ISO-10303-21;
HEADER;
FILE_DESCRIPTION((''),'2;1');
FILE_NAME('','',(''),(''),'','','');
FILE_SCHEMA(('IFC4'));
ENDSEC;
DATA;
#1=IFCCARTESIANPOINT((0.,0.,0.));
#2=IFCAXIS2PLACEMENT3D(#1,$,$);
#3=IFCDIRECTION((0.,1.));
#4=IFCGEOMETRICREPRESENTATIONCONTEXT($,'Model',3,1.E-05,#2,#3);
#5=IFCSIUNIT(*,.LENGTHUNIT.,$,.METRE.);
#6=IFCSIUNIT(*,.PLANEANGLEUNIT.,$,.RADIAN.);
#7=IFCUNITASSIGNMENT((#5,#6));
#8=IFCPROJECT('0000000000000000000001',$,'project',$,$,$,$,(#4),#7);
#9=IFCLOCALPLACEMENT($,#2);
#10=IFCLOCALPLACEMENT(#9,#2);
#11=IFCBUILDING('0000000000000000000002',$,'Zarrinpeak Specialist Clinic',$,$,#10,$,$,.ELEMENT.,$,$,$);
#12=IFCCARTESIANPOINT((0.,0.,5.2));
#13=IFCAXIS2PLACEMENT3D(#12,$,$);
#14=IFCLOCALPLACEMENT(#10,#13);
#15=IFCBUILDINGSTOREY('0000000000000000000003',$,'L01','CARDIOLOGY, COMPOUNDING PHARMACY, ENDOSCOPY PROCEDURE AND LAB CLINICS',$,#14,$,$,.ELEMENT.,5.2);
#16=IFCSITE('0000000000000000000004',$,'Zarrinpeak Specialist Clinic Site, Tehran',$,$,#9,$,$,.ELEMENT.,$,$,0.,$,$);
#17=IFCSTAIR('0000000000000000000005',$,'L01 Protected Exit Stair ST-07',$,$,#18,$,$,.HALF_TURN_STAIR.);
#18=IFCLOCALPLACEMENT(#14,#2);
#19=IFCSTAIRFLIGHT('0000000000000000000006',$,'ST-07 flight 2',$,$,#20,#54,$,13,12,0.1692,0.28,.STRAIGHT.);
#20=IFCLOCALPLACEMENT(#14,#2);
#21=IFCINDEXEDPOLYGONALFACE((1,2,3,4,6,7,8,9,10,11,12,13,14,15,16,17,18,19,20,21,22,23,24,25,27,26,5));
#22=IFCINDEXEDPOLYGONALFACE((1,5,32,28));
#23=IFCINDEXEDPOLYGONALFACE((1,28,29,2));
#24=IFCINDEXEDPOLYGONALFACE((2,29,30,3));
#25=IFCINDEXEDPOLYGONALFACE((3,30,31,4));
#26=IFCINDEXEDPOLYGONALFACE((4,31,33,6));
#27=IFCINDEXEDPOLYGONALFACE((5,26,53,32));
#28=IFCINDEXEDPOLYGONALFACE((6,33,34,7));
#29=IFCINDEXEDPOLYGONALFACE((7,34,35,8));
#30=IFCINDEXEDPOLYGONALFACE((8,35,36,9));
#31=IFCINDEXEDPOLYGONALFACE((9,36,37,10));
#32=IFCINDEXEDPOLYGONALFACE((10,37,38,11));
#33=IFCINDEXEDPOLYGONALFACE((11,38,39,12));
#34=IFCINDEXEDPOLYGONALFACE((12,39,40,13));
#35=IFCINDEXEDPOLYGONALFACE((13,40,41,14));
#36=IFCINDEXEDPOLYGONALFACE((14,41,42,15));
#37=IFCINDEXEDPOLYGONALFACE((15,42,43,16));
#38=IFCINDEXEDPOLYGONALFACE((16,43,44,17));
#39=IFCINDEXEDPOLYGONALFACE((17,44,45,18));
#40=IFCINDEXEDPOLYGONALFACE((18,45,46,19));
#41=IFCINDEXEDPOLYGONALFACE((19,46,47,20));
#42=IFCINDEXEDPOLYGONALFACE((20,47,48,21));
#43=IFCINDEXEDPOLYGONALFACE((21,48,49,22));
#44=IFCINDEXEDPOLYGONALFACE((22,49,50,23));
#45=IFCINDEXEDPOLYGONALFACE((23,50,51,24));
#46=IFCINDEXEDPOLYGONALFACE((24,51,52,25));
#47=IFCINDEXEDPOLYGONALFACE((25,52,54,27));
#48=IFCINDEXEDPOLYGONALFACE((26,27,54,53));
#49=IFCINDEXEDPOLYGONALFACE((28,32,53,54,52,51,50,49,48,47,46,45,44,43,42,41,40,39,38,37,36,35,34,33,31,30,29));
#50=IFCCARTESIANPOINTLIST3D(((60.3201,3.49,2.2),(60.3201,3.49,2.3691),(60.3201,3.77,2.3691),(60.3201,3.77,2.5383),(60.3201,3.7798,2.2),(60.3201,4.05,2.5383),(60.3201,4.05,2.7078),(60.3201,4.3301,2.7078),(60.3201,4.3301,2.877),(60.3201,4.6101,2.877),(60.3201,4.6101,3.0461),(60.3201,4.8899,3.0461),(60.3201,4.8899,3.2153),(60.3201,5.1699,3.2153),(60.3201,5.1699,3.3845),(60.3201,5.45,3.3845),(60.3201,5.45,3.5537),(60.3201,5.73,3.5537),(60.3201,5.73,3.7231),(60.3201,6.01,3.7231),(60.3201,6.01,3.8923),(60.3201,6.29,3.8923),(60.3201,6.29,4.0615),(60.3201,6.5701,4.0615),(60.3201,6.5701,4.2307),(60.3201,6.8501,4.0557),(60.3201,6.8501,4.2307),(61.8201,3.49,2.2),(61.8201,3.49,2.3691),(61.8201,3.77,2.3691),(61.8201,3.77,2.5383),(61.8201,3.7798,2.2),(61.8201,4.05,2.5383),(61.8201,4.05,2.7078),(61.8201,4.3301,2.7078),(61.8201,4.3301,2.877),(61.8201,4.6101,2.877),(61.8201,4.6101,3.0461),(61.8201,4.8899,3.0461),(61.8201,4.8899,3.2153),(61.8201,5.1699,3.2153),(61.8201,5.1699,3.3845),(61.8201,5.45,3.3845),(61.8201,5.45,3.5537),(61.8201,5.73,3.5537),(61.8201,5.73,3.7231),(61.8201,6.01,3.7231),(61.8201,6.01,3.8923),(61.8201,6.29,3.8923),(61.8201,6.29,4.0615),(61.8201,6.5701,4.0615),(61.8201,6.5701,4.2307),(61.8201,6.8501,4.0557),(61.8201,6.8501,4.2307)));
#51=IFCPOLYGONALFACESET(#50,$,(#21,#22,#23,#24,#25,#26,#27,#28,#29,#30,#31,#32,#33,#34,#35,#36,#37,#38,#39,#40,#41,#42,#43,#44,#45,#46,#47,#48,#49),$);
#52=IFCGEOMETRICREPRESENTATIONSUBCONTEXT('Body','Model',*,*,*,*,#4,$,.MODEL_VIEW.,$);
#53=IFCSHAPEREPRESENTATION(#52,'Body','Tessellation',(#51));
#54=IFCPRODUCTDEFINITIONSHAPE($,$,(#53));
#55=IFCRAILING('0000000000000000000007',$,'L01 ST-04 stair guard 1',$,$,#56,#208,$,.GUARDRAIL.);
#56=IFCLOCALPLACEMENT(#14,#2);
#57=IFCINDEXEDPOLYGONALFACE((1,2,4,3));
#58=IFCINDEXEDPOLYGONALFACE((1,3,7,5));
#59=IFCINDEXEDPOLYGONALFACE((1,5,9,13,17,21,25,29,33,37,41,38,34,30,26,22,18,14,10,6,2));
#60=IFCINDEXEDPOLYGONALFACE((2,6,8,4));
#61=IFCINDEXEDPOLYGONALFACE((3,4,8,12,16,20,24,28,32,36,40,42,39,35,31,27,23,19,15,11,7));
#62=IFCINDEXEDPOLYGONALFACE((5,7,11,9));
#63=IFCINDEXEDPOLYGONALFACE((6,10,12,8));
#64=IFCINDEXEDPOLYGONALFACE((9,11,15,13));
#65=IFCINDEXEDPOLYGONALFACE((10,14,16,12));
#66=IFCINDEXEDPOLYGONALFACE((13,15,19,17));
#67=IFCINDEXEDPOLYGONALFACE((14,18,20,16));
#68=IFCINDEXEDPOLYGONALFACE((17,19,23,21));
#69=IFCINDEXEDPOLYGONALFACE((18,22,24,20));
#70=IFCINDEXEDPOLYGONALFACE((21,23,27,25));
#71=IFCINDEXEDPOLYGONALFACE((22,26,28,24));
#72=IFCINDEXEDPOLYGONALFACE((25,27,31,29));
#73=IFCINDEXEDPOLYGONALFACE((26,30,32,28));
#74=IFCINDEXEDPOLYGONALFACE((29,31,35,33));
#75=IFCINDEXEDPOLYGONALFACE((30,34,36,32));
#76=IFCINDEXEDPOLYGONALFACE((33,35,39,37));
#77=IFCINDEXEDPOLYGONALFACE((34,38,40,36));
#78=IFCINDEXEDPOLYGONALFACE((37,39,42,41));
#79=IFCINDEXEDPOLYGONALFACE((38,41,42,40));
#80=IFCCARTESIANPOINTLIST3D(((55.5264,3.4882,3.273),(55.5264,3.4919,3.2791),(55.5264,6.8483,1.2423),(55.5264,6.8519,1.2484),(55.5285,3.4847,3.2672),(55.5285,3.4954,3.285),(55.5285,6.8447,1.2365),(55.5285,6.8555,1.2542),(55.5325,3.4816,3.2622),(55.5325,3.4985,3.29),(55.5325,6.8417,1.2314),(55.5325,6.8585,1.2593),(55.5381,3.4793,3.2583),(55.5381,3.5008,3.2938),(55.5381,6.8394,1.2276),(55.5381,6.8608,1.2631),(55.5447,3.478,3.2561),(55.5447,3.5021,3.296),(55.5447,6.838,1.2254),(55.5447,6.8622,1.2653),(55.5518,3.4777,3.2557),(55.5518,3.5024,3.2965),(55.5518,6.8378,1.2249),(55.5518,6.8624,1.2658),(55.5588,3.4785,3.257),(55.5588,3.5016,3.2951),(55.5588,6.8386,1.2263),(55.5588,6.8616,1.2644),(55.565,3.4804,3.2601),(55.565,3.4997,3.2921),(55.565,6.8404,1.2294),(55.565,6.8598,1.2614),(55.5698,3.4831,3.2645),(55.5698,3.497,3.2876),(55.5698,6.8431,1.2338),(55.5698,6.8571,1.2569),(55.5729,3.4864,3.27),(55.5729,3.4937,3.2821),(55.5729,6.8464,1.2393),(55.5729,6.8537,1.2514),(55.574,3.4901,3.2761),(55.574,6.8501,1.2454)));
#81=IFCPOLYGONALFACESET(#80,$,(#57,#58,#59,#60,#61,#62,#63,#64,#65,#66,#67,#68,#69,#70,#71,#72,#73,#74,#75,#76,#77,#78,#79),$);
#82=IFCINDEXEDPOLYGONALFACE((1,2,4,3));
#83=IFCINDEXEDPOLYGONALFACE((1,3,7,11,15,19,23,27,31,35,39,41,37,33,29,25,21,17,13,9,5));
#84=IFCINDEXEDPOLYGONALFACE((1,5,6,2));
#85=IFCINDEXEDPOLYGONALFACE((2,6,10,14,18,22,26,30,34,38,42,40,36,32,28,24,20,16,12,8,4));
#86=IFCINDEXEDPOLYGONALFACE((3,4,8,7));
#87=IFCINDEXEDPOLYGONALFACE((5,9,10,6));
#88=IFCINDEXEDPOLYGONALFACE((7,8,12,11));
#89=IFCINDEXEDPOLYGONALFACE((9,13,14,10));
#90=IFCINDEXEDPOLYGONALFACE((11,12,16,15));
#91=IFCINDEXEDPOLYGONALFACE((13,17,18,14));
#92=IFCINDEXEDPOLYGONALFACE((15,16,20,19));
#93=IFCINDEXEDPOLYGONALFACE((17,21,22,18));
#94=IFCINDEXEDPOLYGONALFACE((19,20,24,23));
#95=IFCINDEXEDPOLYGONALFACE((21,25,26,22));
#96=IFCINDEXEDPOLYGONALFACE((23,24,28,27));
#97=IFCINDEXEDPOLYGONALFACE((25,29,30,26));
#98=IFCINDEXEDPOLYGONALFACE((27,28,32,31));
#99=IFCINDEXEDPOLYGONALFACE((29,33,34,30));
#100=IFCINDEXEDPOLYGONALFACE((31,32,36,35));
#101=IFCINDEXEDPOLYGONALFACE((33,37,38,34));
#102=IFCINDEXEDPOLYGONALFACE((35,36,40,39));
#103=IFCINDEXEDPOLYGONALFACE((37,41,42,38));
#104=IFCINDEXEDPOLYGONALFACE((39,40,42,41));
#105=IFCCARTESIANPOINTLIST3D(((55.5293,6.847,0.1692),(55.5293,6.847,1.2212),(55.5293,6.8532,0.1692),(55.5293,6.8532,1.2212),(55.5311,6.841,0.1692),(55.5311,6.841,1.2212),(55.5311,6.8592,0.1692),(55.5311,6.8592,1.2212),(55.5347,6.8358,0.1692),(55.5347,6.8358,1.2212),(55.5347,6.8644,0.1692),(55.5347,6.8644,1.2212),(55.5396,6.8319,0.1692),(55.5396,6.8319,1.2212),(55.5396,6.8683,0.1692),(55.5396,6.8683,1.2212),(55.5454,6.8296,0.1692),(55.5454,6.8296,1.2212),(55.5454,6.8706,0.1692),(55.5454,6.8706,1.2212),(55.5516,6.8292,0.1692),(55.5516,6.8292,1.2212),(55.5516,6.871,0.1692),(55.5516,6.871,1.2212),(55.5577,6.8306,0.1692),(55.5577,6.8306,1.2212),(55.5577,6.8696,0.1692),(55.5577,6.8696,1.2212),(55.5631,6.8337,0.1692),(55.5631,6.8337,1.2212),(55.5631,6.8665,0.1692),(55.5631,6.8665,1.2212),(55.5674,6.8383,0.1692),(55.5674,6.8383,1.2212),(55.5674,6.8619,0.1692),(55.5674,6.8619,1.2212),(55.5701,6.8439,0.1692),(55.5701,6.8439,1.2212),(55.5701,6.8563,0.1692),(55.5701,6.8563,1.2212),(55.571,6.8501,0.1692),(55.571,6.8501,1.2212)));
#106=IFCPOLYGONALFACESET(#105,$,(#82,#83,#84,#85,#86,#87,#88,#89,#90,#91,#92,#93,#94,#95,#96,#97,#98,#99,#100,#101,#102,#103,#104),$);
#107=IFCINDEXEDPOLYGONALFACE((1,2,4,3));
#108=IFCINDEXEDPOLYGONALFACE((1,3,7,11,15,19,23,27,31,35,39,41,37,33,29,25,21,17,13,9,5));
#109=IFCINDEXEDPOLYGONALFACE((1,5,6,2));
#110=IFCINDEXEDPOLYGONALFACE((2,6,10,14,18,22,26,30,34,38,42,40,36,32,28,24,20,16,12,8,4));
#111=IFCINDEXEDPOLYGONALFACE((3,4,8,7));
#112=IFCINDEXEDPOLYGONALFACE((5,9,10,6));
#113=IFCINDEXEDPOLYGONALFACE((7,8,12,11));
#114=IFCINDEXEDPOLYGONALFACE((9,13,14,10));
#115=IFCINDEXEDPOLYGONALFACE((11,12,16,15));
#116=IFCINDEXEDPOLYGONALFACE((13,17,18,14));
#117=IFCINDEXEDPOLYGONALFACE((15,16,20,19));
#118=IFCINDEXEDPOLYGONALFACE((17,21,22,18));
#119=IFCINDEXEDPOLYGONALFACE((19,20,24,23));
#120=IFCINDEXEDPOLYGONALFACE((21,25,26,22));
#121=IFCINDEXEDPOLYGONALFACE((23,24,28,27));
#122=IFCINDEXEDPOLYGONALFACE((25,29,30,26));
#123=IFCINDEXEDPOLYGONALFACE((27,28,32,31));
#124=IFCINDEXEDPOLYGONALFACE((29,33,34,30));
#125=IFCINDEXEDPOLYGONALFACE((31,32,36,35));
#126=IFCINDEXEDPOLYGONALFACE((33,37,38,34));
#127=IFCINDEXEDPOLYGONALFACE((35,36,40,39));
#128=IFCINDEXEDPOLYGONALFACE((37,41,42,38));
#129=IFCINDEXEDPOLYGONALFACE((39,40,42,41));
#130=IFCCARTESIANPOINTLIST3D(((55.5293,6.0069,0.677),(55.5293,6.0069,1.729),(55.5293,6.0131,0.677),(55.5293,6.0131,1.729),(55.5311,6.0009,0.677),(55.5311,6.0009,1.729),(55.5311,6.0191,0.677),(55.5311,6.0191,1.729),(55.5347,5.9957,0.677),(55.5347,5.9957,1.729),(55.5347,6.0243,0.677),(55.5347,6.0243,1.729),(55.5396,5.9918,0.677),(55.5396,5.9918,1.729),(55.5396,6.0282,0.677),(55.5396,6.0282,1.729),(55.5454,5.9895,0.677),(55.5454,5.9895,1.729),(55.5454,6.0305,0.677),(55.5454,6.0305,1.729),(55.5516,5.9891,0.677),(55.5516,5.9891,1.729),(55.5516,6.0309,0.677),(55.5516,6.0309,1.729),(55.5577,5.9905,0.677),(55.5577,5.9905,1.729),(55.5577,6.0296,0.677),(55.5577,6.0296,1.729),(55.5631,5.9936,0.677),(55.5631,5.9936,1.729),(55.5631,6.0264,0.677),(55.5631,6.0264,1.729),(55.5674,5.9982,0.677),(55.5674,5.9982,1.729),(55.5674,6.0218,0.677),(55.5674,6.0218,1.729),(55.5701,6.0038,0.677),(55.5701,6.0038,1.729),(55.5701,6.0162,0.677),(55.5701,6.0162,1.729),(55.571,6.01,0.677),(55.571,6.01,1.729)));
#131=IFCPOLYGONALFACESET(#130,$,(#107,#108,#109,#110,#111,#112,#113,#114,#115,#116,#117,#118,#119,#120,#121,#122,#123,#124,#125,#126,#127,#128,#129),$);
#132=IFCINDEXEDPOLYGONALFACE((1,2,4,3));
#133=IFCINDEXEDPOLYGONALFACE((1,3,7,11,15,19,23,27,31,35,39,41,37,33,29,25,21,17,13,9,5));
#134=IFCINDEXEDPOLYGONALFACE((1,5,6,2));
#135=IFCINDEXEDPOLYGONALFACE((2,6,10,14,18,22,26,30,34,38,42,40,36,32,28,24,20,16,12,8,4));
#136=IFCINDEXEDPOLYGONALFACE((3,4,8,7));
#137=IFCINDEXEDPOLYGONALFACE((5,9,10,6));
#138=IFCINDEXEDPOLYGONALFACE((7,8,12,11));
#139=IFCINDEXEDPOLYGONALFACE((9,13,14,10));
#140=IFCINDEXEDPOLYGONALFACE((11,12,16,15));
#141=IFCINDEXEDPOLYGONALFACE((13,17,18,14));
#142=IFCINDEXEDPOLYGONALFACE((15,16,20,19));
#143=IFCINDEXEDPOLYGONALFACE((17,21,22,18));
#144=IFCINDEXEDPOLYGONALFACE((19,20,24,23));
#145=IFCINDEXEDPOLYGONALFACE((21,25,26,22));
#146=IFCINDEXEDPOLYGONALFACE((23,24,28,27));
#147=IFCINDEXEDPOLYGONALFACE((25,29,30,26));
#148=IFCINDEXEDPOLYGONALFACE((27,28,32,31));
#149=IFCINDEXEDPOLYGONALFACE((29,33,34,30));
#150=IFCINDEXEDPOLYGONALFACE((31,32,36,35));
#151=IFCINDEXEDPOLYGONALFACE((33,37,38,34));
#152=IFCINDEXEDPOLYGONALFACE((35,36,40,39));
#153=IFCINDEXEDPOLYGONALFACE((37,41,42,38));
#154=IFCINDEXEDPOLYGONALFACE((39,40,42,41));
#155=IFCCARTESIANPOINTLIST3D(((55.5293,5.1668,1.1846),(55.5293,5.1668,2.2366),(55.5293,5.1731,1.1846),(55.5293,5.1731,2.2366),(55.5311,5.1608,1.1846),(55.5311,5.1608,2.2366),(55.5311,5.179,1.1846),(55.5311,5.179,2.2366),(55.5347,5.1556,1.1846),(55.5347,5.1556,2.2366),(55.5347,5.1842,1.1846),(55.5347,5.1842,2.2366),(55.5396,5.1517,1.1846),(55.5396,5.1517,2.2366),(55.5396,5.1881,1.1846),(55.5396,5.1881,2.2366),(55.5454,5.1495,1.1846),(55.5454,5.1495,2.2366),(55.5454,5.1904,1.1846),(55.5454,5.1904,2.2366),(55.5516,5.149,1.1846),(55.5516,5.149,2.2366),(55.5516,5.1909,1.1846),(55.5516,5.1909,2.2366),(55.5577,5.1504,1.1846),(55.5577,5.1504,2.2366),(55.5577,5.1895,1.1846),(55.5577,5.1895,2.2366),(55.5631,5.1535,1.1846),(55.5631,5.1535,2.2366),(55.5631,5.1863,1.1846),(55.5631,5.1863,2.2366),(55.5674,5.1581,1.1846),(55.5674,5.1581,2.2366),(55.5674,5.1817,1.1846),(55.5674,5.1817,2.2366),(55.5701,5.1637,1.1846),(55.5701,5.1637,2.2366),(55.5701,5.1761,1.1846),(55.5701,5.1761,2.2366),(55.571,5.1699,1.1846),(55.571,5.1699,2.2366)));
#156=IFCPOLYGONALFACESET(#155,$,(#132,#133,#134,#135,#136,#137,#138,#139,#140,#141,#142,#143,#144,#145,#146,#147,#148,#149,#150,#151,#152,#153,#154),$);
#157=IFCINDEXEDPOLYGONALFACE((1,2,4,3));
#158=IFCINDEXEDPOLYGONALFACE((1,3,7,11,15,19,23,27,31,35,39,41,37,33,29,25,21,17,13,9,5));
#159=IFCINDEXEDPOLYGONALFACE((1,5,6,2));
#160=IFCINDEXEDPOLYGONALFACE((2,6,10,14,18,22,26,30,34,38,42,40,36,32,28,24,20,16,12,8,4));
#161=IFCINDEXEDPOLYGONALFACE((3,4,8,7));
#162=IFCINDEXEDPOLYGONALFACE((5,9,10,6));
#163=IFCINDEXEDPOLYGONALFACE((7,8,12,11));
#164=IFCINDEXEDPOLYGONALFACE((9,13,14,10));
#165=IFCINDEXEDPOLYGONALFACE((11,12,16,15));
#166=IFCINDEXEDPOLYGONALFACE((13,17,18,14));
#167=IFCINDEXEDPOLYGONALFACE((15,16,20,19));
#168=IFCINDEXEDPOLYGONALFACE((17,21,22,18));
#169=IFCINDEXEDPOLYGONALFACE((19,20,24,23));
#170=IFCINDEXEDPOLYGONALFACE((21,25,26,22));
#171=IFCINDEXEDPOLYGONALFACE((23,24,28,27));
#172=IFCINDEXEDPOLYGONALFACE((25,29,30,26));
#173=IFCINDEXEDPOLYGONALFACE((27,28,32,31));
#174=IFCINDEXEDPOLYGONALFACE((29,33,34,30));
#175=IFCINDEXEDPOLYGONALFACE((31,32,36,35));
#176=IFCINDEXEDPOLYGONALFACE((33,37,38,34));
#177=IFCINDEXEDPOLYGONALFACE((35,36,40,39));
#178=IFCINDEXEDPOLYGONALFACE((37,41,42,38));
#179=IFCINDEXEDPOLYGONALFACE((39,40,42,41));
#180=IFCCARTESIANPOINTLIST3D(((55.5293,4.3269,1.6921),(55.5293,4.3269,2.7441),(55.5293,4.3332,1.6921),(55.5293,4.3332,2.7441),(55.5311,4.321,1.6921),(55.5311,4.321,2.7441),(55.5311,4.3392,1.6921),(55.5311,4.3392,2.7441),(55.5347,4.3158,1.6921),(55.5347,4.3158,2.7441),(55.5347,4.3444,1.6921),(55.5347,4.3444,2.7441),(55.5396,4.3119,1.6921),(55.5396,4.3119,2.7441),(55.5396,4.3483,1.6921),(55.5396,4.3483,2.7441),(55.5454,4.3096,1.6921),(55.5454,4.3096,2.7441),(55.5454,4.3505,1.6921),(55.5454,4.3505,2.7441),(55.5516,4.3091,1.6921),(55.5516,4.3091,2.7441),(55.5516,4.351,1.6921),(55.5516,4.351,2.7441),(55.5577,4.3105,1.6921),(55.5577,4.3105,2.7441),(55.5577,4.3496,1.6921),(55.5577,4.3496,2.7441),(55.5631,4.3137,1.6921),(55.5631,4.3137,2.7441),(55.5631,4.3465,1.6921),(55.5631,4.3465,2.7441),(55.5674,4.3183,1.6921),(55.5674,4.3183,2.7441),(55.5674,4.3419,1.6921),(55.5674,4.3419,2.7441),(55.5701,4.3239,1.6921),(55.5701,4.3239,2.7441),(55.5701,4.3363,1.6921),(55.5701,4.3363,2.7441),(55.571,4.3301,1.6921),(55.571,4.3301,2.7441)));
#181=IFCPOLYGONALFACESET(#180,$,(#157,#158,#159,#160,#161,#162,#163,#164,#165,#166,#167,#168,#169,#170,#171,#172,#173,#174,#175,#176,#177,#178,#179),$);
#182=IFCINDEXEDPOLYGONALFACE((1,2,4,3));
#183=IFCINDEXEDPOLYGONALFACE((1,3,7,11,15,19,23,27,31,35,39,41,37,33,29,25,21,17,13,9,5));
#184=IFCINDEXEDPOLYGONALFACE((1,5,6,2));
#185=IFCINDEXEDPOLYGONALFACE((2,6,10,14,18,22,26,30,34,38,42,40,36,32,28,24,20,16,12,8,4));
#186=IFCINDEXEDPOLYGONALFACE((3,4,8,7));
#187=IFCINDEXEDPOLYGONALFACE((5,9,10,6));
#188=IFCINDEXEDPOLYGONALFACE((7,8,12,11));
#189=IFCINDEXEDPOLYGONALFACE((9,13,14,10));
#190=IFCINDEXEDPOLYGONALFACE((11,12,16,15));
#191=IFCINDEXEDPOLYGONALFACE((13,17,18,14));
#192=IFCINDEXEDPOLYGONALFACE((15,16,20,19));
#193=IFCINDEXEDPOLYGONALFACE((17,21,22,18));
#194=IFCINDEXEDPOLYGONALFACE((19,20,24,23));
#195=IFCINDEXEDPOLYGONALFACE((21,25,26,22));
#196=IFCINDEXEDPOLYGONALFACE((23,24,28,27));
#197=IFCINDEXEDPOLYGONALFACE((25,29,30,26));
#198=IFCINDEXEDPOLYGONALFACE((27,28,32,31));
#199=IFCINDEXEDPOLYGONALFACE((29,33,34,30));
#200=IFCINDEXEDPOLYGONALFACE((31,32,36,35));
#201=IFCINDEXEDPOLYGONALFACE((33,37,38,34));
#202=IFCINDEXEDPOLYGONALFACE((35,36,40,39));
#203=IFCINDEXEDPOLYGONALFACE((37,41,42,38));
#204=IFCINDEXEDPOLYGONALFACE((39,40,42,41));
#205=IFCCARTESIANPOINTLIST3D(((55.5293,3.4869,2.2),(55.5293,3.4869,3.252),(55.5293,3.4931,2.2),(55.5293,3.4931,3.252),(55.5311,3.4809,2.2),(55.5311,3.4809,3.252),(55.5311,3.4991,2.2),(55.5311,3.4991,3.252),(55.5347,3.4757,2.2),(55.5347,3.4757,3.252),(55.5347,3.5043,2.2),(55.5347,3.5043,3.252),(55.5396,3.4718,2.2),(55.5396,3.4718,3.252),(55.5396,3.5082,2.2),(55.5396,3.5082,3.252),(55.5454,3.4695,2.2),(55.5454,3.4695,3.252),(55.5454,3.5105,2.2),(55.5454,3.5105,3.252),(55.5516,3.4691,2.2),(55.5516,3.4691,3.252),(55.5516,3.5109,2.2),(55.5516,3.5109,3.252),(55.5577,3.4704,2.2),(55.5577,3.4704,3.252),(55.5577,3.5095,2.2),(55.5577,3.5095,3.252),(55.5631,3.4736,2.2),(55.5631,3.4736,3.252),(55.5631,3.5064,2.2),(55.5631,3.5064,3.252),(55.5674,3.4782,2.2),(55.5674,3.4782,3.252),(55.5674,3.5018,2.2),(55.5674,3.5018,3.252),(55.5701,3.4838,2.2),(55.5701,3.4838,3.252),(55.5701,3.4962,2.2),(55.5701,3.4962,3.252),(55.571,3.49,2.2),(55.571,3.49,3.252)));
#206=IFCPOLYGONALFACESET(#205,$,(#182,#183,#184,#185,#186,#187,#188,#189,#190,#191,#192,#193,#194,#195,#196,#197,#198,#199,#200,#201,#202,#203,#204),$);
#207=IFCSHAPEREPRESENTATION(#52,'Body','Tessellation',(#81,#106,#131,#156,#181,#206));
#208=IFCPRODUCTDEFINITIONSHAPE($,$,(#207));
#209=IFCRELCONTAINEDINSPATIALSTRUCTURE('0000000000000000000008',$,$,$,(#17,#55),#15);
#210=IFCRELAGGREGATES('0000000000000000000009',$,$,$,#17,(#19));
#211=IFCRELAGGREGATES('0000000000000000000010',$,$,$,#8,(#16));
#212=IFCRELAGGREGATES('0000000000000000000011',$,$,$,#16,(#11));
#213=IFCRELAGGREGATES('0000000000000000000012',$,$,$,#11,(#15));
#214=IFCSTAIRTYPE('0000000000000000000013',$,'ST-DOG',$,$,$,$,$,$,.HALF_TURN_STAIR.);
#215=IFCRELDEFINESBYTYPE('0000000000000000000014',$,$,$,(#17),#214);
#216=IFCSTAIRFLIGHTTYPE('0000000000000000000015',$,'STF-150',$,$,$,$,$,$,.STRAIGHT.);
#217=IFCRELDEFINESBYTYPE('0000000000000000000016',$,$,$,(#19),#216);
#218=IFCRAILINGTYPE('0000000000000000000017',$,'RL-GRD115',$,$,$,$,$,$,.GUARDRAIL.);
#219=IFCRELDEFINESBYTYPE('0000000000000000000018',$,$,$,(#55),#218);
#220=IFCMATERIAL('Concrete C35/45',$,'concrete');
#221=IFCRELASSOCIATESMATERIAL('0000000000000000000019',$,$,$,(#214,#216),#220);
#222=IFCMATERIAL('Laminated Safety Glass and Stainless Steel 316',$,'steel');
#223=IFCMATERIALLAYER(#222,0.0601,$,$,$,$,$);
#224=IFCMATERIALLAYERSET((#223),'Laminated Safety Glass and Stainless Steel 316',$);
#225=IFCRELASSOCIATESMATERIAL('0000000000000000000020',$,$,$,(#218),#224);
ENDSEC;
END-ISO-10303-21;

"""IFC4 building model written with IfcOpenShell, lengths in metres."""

from ifc_helpers import new_model, si_unit, direction, frame, origin, origin_2d, place, context, subcontext, project, spatial, polyline, circle, outline, extrude, material, layer, layer_set, type_object, element, aggregate, save


model = new_model("IFC4")

# Units and contexts
model_context = context("Model", 3, precision=1e-05, world=origin(), true_north=direction((0.0, 1.0)))
body_context = subcontext(model_context, "Body", "Model", "MODEL_VIEW")
ifc_project = project(units=[si_unit("LENGTHUNIT", "METRE"), si_unit("PLANEANGLEUNIT", "RADIAN")], contexts=[model_context])

# Site, building, storey
site_placement = place(None, origin())
site = spatial("IfcSite", under=ifc_project, at=site_placement, Name="Zarrinpeak Specialist Clinic Site, Tehran", CompositionType="ELEMENT", RefElevation=0.0)
building_placement = place(site_placement, origin())
building = spatial("IfcBuilding", under=site, at=building_placement, Name="Zarrinpeak Specialist Clinic", CompositionType="ELEMENT")
storey_placement = place(building_placement, frame((0.0, 0.0, 5.2)))
storey = spatial("IfcBuildingStorey", under=building, at=storey_placement, Name="L01", Description="CARDIOLOGY, COMPOUNDING PHARMACY, ENDOSCOPY PROCEDURE AND LAB CLINICS", CompositionType="ELEMENT", Elevation=5.2)

# Stair, stair flight
ifc_material_1 = material(Name="Concrete C35/45", Category="concrete")
stair_type = type_object("IfcStairType", Name="ST-DOG", PredefinedType="HALF_TURN_STAIR", material=ifc_material_1)
stair_flight_type = type_object("IfcStairFlightType", Name="STF-150", PredefinedType="STRAIGHT", material=ifc_material_1)
stair_1_placement = place(storey_placement, origin())
stair_1 = element("IfcStair", 1, at=stair_1_placement, inside=storey, type_object=stair_type, Name="L01 Protected Exit Stair ST-07", PredefinedType="HALF_TURN_STAIR")
stair_flight_1_placement = place(storey_placement, frame((61.0701, 3.49, 2.2), z_axis=(0.0, 0.0, 1.0), x_axis=(0.0, 1.0, 0.0)))
stair_flight_1 = element("IfcStairFlight", 2, at=stair_flight_1_placement, type_object=stair_flight_type, Name="ST-07 flight 2", NumberOfRisers=13, NumberOfTreads=12, PredefinedType="STRAIGHT", RiserHeight=0.1692, TreadLength=0.28, context=body_context, shape_type="SweptSolid", body=[
    extrude(outline(polyline([(0.0, 0.0), (0.0, 0.1692), (0.28, 0.1692), (0.28, 0.3384), (0.5601, 0.3384), (0.5601, 0.5078), (0.8401, 0.5078), (0.8401, 0.677), (1.1201, 0.677), (1.1201, 0.8462), (1.3999, 0.8462), (1.3999, 1.0154), (1.6799, 1.0154), (1.6799, 1.1846), (1.96, 1.1846), (1.96, 1.3538), (2.24, 1.3538), (2.24, 1.5232), (2.52, 1.5232), (2.52, 1.6924), (2.8, 1.6924), (2.8, 1.8616), (3.0801, 1.8616), (3.0801, 2.0308), (3.3601, 2.0308), (3.3601, 2.2), (3.3601, 1.8557), (0.2898, 0.0), (0.0, 0.0)])), frame((0.0, 0.75, 0.0), z_axis=(0.0, -1.0, 0.0), x_axis=(1.0, 0.0, 0.0)), (0.0, 0.0, 1.0), 1.5),
])
aggregate(stair_1, [stair_flight_1])

# Railing
ifc_material_2 = material(Name="Laminated Safety Glass and Stainless Steel 316", Category="steel")
ifc_layer_1 = layer(ifc_material_2, 0.0601)
ifc_layer_set_1 = layer_set([ifc_layer_1], Name="Laminated Safety Glass and Stainless Steel 316")
railing_type_1 = type_object("IfcRailingType", Name="RL-GRD115", PredefinedType="GUARDRAIL", material=ifc_layer_set_1)
railing_1_placement = place(storey_placement, frame((55.55, 6.8501, 0.1692)))
element("IfcRailing", 3, at=railing_1_placement, inside=storey, type_object=railing_type_1, Name="L01 ST-04 stair guard 1", PredefinedType="GUARDRAIL", context=body_context, shape_type="SweptSolid", body=[
    extrude(circle(Radius=0.0239, at=origin_2d()), frame((0.0, 0.0, 1.0762), z_axis=(0.0, -0.855837, 0.517246), x_axis=(1.0, 0.0, 0.0)), (0.0, 0.0, 1.0), 3.926),
    extrude(circle(Radius=0.021, at=origin_2d()), origin(), (0.0, 0.0, 1.0), 1.052),
    extrude(circle(Radius=0.021, at=origin_2d()), frame((0.0, -0.8401, 0.5078)), (0.0, 0.0, 1.0), 1.052),
    extrude(circle(Radius=0.021, at=origin_2d()), frame((0.0, -1.6802, 1.0154)), (0.0, 0.0, 1.0), 1.052),
    extrude(circle(Radius=0.021, at=origin_2d()), frame((0.0, -2.52, 1.5229)), (0.0, 0.0, 1.0), 1.052),
    extrude(circle(Radius=0.021, at=origin_2d()), frame((0.0, -3.3601, 2.0308)), (0.0, 0.0, 1.0), 1.052),
])

save(model, "model.ifc")
